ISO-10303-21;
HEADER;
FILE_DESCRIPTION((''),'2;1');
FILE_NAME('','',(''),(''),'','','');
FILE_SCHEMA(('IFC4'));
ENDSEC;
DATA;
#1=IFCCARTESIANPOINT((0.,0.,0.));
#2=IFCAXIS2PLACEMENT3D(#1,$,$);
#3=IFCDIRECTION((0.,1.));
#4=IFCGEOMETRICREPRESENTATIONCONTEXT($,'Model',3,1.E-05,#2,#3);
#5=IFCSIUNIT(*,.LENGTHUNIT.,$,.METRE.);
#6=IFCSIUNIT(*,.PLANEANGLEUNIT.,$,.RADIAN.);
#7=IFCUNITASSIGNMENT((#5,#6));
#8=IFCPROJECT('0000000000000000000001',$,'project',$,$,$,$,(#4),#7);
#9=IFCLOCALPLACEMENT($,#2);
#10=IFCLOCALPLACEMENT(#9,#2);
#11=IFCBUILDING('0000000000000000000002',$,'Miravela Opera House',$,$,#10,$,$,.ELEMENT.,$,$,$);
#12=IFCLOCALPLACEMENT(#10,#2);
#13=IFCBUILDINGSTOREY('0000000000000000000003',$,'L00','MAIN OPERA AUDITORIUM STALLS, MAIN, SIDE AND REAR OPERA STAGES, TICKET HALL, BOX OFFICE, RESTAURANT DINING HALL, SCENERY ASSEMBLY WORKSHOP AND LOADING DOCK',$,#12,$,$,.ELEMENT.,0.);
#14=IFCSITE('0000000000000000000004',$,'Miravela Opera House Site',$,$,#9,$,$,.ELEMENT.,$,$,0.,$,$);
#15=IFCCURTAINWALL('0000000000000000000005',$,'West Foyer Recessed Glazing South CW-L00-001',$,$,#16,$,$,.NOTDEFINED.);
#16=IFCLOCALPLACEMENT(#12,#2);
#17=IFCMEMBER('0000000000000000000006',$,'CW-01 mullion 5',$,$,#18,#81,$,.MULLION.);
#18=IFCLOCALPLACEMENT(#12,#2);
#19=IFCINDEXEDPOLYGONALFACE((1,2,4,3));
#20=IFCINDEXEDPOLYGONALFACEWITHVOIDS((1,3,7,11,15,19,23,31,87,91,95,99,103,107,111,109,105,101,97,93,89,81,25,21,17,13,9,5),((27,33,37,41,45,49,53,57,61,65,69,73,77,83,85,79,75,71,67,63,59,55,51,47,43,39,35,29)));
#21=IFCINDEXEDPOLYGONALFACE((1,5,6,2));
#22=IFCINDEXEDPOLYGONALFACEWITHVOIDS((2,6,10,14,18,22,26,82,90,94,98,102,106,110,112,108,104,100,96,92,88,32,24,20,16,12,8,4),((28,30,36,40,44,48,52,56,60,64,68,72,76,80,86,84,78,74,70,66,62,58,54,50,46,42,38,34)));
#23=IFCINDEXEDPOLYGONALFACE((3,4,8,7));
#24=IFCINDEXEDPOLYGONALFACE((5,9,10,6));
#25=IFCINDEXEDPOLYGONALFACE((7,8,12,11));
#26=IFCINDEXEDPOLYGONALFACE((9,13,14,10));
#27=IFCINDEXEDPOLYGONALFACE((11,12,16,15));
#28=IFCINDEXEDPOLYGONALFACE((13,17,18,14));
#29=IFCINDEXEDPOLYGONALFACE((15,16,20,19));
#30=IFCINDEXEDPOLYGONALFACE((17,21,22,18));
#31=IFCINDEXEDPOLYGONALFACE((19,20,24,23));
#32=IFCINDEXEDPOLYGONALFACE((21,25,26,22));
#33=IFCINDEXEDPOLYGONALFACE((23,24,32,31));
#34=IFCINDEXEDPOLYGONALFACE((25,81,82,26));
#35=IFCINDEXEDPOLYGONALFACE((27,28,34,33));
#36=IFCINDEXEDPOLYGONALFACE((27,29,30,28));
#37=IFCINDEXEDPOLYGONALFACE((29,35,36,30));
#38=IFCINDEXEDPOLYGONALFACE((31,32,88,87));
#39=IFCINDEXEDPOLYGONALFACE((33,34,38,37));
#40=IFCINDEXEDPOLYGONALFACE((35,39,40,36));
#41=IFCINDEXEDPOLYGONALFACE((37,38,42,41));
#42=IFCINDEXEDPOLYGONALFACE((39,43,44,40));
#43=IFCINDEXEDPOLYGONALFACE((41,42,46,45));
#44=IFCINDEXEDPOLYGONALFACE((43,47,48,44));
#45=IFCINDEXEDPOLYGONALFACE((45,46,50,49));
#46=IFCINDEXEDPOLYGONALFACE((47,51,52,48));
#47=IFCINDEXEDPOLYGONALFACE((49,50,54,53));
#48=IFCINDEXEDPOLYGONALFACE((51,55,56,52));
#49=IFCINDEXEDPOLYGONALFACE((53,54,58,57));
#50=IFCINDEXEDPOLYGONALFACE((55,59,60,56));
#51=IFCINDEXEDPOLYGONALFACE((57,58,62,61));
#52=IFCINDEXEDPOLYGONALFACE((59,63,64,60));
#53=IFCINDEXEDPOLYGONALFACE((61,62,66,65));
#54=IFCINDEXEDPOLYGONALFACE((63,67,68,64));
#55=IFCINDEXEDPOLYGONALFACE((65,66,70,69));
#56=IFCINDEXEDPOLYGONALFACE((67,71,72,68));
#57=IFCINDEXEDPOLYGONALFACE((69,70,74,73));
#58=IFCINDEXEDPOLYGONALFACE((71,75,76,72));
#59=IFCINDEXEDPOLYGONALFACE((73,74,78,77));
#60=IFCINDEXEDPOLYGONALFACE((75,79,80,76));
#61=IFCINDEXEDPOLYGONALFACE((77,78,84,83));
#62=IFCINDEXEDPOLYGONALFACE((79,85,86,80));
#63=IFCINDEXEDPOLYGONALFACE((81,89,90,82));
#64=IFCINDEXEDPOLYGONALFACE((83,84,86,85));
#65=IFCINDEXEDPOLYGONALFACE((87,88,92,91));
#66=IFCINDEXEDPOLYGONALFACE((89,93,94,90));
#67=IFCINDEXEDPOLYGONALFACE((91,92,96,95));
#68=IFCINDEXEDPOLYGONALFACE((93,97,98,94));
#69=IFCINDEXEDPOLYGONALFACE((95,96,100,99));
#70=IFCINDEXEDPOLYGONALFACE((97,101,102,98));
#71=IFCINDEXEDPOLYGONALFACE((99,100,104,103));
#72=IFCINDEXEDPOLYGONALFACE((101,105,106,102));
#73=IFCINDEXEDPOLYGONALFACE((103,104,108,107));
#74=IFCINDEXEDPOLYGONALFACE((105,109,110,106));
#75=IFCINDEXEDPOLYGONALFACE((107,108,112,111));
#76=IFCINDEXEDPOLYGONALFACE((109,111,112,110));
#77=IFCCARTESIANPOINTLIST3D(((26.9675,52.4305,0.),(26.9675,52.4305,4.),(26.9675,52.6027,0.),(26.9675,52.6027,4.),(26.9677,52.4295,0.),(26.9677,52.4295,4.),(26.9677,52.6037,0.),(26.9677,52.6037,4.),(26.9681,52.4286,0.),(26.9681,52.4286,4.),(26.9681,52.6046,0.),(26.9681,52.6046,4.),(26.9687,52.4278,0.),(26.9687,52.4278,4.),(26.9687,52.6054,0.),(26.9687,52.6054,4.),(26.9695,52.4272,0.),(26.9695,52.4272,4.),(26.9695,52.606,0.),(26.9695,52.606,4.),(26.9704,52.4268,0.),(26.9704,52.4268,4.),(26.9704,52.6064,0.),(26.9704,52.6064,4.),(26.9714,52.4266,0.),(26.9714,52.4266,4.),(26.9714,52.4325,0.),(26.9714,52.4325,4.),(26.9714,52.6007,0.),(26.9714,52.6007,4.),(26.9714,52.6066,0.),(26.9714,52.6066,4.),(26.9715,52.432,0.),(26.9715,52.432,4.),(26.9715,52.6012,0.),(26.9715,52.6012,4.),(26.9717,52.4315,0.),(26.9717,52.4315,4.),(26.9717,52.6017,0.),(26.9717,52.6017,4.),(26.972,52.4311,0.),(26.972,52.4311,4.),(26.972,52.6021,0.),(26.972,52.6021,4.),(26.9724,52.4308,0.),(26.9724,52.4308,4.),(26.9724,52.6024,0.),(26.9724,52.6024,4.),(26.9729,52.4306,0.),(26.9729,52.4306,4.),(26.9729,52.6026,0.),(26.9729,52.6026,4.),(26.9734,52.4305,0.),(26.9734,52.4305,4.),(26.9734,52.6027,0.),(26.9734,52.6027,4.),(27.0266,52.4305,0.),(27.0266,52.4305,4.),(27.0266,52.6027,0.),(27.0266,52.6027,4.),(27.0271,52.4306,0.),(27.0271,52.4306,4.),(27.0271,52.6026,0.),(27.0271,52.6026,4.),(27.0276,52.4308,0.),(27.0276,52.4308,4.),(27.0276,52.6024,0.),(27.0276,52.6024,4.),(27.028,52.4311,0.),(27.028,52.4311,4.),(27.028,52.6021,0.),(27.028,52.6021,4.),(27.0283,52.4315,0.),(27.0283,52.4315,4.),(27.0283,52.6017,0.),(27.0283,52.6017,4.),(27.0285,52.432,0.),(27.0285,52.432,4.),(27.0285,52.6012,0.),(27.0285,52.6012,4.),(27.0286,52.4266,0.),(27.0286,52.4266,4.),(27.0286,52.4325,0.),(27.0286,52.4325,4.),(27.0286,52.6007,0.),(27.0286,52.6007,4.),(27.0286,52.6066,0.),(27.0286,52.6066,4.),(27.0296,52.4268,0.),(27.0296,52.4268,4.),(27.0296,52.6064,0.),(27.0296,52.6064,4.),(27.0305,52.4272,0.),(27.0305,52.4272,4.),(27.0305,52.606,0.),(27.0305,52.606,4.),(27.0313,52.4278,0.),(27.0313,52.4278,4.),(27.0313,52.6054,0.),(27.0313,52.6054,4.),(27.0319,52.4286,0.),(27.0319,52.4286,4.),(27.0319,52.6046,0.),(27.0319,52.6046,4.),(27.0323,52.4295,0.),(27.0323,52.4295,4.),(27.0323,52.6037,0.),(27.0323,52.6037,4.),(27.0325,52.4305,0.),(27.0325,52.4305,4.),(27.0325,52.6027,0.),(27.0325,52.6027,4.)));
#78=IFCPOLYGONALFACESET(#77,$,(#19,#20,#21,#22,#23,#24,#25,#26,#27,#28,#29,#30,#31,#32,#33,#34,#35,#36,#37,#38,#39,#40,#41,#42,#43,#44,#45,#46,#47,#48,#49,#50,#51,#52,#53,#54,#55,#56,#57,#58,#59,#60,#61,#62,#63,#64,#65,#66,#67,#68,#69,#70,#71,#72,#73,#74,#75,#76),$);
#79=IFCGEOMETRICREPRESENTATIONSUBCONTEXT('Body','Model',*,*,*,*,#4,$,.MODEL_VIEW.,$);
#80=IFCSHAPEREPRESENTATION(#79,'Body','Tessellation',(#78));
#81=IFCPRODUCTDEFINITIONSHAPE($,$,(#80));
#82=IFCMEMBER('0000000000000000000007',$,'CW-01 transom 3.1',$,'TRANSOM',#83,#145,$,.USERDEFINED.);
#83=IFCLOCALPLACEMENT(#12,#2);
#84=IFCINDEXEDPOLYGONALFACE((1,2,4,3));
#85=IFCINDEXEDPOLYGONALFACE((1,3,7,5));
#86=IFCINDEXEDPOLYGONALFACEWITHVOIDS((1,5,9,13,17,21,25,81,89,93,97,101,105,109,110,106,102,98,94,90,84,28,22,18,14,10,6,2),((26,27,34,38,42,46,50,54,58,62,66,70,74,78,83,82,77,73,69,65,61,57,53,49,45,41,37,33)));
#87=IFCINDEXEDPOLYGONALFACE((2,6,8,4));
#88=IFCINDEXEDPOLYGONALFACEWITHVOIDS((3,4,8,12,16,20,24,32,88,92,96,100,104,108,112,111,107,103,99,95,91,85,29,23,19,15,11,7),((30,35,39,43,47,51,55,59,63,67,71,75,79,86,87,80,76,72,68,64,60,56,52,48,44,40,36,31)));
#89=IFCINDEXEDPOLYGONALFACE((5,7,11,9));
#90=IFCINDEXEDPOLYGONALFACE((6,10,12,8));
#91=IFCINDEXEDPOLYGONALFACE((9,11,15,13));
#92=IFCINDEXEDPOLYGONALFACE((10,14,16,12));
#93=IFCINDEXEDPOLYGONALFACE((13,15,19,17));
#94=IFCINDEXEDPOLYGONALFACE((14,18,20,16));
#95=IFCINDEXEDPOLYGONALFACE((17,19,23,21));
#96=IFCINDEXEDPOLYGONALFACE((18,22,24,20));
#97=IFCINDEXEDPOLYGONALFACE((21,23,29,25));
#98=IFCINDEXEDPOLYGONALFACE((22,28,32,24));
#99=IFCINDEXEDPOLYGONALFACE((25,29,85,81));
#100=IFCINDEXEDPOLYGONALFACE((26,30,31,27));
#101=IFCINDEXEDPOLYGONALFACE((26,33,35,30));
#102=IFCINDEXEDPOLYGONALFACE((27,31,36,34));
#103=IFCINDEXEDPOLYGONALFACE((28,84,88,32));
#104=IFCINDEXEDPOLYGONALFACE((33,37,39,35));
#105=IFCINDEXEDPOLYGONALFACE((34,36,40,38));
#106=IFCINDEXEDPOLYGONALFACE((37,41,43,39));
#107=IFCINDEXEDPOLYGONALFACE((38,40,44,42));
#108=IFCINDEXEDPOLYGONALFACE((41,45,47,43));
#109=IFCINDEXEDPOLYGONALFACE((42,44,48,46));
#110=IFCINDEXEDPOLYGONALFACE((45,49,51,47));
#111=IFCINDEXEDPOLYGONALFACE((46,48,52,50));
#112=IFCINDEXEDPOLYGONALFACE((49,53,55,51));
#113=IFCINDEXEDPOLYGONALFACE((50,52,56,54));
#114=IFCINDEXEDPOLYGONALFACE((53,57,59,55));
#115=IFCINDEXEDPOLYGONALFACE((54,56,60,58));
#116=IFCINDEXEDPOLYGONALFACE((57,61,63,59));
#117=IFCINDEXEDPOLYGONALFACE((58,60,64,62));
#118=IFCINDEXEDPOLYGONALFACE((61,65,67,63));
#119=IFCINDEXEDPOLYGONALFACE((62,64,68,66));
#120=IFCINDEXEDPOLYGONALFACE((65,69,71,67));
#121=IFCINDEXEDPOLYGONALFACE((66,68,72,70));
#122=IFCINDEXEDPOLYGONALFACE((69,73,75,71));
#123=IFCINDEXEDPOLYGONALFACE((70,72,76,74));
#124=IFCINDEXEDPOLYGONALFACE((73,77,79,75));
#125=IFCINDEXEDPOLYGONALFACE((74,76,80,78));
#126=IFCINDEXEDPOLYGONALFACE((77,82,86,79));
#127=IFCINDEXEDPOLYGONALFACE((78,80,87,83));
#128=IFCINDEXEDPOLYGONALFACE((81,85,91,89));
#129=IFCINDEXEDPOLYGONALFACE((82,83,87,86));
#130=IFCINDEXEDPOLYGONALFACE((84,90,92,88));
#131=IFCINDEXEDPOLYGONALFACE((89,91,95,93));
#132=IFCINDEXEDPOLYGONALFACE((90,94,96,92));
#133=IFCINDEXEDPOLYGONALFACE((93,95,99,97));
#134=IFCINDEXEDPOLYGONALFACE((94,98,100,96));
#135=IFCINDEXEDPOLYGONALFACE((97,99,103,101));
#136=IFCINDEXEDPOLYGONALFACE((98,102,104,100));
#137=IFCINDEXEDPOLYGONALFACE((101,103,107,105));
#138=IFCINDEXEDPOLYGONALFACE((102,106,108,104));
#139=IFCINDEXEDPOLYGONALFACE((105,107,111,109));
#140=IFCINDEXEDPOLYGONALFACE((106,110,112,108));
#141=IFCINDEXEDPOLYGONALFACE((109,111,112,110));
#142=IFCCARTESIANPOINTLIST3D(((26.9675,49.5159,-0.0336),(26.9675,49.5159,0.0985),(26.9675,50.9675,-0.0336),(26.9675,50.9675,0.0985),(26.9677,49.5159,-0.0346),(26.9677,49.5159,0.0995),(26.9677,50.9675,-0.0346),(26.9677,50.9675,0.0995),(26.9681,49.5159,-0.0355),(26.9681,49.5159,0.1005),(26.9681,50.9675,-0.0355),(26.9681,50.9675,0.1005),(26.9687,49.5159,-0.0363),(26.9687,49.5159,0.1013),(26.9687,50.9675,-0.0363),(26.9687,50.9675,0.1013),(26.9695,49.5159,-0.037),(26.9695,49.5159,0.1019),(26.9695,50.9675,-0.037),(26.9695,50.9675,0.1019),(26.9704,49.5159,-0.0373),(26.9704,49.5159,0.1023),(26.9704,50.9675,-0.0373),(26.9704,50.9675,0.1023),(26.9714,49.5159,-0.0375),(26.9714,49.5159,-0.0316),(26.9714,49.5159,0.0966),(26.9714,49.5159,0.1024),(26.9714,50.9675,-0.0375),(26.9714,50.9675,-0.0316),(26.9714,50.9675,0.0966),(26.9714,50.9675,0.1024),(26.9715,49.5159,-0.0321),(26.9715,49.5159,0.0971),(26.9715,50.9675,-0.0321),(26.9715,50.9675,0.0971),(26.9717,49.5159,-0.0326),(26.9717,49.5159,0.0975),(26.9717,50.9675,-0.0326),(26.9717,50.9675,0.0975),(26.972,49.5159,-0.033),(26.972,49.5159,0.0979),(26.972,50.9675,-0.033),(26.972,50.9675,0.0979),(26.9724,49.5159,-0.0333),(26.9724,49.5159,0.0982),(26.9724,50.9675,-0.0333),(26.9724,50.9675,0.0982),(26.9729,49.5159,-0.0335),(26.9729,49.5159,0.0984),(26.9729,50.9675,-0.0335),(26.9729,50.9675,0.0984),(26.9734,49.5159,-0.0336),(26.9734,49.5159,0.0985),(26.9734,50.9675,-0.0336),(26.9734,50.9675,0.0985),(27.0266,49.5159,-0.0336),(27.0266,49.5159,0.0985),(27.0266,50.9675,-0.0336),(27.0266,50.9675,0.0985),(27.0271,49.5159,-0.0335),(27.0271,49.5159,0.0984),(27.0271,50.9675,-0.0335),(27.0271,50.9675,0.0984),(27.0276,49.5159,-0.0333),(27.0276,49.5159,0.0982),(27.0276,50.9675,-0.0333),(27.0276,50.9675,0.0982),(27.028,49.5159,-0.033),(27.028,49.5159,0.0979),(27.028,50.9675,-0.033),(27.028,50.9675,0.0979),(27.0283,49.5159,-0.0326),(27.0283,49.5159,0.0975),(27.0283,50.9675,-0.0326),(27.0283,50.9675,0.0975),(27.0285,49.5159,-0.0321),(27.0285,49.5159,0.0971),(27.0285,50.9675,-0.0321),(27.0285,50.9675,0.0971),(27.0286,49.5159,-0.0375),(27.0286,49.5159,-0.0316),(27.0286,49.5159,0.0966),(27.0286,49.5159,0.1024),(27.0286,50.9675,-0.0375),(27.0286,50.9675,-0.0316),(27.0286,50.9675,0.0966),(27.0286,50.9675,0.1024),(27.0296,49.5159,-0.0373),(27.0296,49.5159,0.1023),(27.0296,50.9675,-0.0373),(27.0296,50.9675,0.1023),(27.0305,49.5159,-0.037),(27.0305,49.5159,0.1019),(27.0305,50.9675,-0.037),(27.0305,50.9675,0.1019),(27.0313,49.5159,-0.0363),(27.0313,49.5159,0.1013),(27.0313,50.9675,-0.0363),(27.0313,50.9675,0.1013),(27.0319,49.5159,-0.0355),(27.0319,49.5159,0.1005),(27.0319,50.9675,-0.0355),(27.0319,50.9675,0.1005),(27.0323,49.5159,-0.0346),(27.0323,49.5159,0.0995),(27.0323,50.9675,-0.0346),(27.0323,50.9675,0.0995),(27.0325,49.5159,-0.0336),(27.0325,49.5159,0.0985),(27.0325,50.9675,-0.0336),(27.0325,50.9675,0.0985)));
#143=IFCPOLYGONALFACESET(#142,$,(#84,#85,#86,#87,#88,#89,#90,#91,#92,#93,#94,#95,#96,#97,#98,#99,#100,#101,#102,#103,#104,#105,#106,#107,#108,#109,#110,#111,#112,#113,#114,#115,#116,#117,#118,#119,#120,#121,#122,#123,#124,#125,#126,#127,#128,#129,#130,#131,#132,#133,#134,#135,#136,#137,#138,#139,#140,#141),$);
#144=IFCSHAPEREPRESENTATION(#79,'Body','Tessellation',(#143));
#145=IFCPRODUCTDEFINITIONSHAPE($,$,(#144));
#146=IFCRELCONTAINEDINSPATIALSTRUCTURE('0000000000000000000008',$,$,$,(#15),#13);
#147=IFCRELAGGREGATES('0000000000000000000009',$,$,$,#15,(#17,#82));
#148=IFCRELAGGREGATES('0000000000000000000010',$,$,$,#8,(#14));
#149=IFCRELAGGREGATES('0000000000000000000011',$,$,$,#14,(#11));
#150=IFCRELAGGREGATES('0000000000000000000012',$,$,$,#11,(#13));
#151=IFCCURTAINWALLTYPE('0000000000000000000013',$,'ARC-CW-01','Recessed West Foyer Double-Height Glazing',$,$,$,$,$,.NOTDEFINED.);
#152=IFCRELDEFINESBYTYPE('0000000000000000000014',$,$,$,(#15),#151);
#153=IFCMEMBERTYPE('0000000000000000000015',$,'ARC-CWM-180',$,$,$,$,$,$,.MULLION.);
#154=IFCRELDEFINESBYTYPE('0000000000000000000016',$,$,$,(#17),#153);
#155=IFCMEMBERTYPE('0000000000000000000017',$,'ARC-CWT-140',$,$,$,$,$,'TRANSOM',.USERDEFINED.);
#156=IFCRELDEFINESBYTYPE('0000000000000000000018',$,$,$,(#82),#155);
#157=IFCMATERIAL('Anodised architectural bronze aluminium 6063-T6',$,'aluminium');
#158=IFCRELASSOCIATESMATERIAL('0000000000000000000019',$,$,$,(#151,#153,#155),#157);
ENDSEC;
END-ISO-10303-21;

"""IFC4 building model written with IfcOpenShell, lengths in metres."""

from ifc_helpers import new_model, si_unit, direction, frame, origin, origin_2d, place, context, subcontext, project, spatial, hollow_rectangle, extrude, material, material_profile, profile_set, type_object, element, aggregate, save


model = new_model("IFC4")

# Units and contexts
model_context = context("Model", 3, precision=1e-05, world=origin(), true_north=direction((0.0, 1.0)))
body_context = subcontext(model_context, "Body", "Model", "MODEL_VIEW")
ifc_project = project(units=[si_unit("LENGTHUNIT", "METRE"), si_unit("PLANEANGLEUNIT", "RADIAN")], contexts=[model_context])

# Site, building, storey
site_placement = place(None, origin())
site = spatial("IfcSite", under=ifc_project, at=site_placement, Name="Miravela Opera House Site", CompositionType="ELEMENT", RefElevation=0.0)
building_placement = place(site_placement, origin())
building = spatial("IfcBuilding", under=site, at=building_placement, Name="Miravela Opera House", CompositionType="ELEMENT")
storey_placement = place(building_placement, origin())
storey = spatial("IfcBuildingStorey", under=building, at=storey_placement, Name="L00", Description="MAIN OPERA AUDITORIUM STALLS, MAIN, SIDE AND REAR OPERA STAGES, TICKET HALL, BOX OFFICE, RESTAURANT DINING HALL, SCENERY ASSEMBLY WORKSHOP AND LOADING DOCK", CompositionType="ELEMENT", Elevation=0.0)

# Curtain wall, members
ifc_material_1 = material(Name="Anodised architectural bronze aluminium 6063-T6", Category="aluminium")
curtain_wall_type = type_object("IfcCurtainWallType", Name="ARC-CW-01", Description="Recessed West Foyer Double-Height Glazing", PredefinedType="NOTDEFINED", material=ifc_material_1)
curtain_wall_placement = place(storey_placement, origin())
curtain_wall = element("IfcCurtainWall", 1, at=curtain_wall_placement, inside=storey, type_object=curtain_wall_type, Name="West Foyer Recessed Glazing South CW-L00-001", PredefinedType="NOTDEFINED")
ifc_material_profile_1 = material_profile(ifc_material_1, hollow_rectangle(XDim=0.0649, YDim=0.1799, WallThickness=0.0039, InnerFilletRadius=0.002, OuterFilletRadius=0.0039, at=origin_2d()), Name="CWM-65X180")
ifc_profile_set_1 = profile_set([ifc_material_profile_1])
member_type_1 = type_object("IfcMemberType", Name="ARC-CWM-180", PredefinedType="MULLION", material=ifc_profile_set_1)
member_1_placement = place(storey_placement, frame((27.0, 52.5166, 0.0), z_axis=(0.0, 0.0, 1.0), x_axis=(-1.0, 0.0, 0.0)))
member_1 = element("IfcMember", 2, at=member_1_placement, type_object=member_type_1, Name="CW-01 mullion 5", PredefinedType="MULLION", context=body_context, shape_type="SweptSolid", body=[
    extrude(hollow_rectangle(XDim=0.0649, YDim=0.1799, WallThickness=0.0039, InnerFilletRadius=0.002, OuterFilletRadius=0.0039, at=origin_2d()), origin(), (0.0, 0.0, 1.0), 4.0),
])
ifc_material_profile_2 = material_profile(ifc_material_1, hollow_rectangle(XDim=0.0649, YDim=0.1399, WallThickness=0.0039, InnerFilletRadius=0.002, OuterFilletRadius=0.0039, at=origin_2d()), Name="CWT-65X140")
ifc_profile_set_2 = profile_set([ifc_material_profile_2])
member_type_2 = type_object("IfcMemberType", Name="ARC-CWT-140", ElementType="TRANSOM", PredefinedType="USERDEFINED", material=ifc_profile_set_2)
member_2_placement = place(storey_placement, frame((27.0, 49.5159, 0.0325), z_axis=(0.0, 1.0, 0.0), x_axis=(-1.0, 0.0, 0.0)))
member_2 = element("IfcMember", 3, at=member_2_placement, type_object=member_type_2, Name="CW-01 transom 3.1", ObjectType="TRANSOM", PredefinedType="USERDEFINED", context=body_context, shape_type="SweptSolid", body=[
    extrude(hollow_rectangle(XDim=0.0649, YDim=0.1399, WallThickness=0.0039, InnerFilletRadius=0.002, OuterFilletRadius=0.0039, at=origin_2d()), origin(), (0.0, 0.0, 1.0), 1.4517),
])

aggregate(curtain_wall, [member_1, member_2])

save(model, "model.ifc")
